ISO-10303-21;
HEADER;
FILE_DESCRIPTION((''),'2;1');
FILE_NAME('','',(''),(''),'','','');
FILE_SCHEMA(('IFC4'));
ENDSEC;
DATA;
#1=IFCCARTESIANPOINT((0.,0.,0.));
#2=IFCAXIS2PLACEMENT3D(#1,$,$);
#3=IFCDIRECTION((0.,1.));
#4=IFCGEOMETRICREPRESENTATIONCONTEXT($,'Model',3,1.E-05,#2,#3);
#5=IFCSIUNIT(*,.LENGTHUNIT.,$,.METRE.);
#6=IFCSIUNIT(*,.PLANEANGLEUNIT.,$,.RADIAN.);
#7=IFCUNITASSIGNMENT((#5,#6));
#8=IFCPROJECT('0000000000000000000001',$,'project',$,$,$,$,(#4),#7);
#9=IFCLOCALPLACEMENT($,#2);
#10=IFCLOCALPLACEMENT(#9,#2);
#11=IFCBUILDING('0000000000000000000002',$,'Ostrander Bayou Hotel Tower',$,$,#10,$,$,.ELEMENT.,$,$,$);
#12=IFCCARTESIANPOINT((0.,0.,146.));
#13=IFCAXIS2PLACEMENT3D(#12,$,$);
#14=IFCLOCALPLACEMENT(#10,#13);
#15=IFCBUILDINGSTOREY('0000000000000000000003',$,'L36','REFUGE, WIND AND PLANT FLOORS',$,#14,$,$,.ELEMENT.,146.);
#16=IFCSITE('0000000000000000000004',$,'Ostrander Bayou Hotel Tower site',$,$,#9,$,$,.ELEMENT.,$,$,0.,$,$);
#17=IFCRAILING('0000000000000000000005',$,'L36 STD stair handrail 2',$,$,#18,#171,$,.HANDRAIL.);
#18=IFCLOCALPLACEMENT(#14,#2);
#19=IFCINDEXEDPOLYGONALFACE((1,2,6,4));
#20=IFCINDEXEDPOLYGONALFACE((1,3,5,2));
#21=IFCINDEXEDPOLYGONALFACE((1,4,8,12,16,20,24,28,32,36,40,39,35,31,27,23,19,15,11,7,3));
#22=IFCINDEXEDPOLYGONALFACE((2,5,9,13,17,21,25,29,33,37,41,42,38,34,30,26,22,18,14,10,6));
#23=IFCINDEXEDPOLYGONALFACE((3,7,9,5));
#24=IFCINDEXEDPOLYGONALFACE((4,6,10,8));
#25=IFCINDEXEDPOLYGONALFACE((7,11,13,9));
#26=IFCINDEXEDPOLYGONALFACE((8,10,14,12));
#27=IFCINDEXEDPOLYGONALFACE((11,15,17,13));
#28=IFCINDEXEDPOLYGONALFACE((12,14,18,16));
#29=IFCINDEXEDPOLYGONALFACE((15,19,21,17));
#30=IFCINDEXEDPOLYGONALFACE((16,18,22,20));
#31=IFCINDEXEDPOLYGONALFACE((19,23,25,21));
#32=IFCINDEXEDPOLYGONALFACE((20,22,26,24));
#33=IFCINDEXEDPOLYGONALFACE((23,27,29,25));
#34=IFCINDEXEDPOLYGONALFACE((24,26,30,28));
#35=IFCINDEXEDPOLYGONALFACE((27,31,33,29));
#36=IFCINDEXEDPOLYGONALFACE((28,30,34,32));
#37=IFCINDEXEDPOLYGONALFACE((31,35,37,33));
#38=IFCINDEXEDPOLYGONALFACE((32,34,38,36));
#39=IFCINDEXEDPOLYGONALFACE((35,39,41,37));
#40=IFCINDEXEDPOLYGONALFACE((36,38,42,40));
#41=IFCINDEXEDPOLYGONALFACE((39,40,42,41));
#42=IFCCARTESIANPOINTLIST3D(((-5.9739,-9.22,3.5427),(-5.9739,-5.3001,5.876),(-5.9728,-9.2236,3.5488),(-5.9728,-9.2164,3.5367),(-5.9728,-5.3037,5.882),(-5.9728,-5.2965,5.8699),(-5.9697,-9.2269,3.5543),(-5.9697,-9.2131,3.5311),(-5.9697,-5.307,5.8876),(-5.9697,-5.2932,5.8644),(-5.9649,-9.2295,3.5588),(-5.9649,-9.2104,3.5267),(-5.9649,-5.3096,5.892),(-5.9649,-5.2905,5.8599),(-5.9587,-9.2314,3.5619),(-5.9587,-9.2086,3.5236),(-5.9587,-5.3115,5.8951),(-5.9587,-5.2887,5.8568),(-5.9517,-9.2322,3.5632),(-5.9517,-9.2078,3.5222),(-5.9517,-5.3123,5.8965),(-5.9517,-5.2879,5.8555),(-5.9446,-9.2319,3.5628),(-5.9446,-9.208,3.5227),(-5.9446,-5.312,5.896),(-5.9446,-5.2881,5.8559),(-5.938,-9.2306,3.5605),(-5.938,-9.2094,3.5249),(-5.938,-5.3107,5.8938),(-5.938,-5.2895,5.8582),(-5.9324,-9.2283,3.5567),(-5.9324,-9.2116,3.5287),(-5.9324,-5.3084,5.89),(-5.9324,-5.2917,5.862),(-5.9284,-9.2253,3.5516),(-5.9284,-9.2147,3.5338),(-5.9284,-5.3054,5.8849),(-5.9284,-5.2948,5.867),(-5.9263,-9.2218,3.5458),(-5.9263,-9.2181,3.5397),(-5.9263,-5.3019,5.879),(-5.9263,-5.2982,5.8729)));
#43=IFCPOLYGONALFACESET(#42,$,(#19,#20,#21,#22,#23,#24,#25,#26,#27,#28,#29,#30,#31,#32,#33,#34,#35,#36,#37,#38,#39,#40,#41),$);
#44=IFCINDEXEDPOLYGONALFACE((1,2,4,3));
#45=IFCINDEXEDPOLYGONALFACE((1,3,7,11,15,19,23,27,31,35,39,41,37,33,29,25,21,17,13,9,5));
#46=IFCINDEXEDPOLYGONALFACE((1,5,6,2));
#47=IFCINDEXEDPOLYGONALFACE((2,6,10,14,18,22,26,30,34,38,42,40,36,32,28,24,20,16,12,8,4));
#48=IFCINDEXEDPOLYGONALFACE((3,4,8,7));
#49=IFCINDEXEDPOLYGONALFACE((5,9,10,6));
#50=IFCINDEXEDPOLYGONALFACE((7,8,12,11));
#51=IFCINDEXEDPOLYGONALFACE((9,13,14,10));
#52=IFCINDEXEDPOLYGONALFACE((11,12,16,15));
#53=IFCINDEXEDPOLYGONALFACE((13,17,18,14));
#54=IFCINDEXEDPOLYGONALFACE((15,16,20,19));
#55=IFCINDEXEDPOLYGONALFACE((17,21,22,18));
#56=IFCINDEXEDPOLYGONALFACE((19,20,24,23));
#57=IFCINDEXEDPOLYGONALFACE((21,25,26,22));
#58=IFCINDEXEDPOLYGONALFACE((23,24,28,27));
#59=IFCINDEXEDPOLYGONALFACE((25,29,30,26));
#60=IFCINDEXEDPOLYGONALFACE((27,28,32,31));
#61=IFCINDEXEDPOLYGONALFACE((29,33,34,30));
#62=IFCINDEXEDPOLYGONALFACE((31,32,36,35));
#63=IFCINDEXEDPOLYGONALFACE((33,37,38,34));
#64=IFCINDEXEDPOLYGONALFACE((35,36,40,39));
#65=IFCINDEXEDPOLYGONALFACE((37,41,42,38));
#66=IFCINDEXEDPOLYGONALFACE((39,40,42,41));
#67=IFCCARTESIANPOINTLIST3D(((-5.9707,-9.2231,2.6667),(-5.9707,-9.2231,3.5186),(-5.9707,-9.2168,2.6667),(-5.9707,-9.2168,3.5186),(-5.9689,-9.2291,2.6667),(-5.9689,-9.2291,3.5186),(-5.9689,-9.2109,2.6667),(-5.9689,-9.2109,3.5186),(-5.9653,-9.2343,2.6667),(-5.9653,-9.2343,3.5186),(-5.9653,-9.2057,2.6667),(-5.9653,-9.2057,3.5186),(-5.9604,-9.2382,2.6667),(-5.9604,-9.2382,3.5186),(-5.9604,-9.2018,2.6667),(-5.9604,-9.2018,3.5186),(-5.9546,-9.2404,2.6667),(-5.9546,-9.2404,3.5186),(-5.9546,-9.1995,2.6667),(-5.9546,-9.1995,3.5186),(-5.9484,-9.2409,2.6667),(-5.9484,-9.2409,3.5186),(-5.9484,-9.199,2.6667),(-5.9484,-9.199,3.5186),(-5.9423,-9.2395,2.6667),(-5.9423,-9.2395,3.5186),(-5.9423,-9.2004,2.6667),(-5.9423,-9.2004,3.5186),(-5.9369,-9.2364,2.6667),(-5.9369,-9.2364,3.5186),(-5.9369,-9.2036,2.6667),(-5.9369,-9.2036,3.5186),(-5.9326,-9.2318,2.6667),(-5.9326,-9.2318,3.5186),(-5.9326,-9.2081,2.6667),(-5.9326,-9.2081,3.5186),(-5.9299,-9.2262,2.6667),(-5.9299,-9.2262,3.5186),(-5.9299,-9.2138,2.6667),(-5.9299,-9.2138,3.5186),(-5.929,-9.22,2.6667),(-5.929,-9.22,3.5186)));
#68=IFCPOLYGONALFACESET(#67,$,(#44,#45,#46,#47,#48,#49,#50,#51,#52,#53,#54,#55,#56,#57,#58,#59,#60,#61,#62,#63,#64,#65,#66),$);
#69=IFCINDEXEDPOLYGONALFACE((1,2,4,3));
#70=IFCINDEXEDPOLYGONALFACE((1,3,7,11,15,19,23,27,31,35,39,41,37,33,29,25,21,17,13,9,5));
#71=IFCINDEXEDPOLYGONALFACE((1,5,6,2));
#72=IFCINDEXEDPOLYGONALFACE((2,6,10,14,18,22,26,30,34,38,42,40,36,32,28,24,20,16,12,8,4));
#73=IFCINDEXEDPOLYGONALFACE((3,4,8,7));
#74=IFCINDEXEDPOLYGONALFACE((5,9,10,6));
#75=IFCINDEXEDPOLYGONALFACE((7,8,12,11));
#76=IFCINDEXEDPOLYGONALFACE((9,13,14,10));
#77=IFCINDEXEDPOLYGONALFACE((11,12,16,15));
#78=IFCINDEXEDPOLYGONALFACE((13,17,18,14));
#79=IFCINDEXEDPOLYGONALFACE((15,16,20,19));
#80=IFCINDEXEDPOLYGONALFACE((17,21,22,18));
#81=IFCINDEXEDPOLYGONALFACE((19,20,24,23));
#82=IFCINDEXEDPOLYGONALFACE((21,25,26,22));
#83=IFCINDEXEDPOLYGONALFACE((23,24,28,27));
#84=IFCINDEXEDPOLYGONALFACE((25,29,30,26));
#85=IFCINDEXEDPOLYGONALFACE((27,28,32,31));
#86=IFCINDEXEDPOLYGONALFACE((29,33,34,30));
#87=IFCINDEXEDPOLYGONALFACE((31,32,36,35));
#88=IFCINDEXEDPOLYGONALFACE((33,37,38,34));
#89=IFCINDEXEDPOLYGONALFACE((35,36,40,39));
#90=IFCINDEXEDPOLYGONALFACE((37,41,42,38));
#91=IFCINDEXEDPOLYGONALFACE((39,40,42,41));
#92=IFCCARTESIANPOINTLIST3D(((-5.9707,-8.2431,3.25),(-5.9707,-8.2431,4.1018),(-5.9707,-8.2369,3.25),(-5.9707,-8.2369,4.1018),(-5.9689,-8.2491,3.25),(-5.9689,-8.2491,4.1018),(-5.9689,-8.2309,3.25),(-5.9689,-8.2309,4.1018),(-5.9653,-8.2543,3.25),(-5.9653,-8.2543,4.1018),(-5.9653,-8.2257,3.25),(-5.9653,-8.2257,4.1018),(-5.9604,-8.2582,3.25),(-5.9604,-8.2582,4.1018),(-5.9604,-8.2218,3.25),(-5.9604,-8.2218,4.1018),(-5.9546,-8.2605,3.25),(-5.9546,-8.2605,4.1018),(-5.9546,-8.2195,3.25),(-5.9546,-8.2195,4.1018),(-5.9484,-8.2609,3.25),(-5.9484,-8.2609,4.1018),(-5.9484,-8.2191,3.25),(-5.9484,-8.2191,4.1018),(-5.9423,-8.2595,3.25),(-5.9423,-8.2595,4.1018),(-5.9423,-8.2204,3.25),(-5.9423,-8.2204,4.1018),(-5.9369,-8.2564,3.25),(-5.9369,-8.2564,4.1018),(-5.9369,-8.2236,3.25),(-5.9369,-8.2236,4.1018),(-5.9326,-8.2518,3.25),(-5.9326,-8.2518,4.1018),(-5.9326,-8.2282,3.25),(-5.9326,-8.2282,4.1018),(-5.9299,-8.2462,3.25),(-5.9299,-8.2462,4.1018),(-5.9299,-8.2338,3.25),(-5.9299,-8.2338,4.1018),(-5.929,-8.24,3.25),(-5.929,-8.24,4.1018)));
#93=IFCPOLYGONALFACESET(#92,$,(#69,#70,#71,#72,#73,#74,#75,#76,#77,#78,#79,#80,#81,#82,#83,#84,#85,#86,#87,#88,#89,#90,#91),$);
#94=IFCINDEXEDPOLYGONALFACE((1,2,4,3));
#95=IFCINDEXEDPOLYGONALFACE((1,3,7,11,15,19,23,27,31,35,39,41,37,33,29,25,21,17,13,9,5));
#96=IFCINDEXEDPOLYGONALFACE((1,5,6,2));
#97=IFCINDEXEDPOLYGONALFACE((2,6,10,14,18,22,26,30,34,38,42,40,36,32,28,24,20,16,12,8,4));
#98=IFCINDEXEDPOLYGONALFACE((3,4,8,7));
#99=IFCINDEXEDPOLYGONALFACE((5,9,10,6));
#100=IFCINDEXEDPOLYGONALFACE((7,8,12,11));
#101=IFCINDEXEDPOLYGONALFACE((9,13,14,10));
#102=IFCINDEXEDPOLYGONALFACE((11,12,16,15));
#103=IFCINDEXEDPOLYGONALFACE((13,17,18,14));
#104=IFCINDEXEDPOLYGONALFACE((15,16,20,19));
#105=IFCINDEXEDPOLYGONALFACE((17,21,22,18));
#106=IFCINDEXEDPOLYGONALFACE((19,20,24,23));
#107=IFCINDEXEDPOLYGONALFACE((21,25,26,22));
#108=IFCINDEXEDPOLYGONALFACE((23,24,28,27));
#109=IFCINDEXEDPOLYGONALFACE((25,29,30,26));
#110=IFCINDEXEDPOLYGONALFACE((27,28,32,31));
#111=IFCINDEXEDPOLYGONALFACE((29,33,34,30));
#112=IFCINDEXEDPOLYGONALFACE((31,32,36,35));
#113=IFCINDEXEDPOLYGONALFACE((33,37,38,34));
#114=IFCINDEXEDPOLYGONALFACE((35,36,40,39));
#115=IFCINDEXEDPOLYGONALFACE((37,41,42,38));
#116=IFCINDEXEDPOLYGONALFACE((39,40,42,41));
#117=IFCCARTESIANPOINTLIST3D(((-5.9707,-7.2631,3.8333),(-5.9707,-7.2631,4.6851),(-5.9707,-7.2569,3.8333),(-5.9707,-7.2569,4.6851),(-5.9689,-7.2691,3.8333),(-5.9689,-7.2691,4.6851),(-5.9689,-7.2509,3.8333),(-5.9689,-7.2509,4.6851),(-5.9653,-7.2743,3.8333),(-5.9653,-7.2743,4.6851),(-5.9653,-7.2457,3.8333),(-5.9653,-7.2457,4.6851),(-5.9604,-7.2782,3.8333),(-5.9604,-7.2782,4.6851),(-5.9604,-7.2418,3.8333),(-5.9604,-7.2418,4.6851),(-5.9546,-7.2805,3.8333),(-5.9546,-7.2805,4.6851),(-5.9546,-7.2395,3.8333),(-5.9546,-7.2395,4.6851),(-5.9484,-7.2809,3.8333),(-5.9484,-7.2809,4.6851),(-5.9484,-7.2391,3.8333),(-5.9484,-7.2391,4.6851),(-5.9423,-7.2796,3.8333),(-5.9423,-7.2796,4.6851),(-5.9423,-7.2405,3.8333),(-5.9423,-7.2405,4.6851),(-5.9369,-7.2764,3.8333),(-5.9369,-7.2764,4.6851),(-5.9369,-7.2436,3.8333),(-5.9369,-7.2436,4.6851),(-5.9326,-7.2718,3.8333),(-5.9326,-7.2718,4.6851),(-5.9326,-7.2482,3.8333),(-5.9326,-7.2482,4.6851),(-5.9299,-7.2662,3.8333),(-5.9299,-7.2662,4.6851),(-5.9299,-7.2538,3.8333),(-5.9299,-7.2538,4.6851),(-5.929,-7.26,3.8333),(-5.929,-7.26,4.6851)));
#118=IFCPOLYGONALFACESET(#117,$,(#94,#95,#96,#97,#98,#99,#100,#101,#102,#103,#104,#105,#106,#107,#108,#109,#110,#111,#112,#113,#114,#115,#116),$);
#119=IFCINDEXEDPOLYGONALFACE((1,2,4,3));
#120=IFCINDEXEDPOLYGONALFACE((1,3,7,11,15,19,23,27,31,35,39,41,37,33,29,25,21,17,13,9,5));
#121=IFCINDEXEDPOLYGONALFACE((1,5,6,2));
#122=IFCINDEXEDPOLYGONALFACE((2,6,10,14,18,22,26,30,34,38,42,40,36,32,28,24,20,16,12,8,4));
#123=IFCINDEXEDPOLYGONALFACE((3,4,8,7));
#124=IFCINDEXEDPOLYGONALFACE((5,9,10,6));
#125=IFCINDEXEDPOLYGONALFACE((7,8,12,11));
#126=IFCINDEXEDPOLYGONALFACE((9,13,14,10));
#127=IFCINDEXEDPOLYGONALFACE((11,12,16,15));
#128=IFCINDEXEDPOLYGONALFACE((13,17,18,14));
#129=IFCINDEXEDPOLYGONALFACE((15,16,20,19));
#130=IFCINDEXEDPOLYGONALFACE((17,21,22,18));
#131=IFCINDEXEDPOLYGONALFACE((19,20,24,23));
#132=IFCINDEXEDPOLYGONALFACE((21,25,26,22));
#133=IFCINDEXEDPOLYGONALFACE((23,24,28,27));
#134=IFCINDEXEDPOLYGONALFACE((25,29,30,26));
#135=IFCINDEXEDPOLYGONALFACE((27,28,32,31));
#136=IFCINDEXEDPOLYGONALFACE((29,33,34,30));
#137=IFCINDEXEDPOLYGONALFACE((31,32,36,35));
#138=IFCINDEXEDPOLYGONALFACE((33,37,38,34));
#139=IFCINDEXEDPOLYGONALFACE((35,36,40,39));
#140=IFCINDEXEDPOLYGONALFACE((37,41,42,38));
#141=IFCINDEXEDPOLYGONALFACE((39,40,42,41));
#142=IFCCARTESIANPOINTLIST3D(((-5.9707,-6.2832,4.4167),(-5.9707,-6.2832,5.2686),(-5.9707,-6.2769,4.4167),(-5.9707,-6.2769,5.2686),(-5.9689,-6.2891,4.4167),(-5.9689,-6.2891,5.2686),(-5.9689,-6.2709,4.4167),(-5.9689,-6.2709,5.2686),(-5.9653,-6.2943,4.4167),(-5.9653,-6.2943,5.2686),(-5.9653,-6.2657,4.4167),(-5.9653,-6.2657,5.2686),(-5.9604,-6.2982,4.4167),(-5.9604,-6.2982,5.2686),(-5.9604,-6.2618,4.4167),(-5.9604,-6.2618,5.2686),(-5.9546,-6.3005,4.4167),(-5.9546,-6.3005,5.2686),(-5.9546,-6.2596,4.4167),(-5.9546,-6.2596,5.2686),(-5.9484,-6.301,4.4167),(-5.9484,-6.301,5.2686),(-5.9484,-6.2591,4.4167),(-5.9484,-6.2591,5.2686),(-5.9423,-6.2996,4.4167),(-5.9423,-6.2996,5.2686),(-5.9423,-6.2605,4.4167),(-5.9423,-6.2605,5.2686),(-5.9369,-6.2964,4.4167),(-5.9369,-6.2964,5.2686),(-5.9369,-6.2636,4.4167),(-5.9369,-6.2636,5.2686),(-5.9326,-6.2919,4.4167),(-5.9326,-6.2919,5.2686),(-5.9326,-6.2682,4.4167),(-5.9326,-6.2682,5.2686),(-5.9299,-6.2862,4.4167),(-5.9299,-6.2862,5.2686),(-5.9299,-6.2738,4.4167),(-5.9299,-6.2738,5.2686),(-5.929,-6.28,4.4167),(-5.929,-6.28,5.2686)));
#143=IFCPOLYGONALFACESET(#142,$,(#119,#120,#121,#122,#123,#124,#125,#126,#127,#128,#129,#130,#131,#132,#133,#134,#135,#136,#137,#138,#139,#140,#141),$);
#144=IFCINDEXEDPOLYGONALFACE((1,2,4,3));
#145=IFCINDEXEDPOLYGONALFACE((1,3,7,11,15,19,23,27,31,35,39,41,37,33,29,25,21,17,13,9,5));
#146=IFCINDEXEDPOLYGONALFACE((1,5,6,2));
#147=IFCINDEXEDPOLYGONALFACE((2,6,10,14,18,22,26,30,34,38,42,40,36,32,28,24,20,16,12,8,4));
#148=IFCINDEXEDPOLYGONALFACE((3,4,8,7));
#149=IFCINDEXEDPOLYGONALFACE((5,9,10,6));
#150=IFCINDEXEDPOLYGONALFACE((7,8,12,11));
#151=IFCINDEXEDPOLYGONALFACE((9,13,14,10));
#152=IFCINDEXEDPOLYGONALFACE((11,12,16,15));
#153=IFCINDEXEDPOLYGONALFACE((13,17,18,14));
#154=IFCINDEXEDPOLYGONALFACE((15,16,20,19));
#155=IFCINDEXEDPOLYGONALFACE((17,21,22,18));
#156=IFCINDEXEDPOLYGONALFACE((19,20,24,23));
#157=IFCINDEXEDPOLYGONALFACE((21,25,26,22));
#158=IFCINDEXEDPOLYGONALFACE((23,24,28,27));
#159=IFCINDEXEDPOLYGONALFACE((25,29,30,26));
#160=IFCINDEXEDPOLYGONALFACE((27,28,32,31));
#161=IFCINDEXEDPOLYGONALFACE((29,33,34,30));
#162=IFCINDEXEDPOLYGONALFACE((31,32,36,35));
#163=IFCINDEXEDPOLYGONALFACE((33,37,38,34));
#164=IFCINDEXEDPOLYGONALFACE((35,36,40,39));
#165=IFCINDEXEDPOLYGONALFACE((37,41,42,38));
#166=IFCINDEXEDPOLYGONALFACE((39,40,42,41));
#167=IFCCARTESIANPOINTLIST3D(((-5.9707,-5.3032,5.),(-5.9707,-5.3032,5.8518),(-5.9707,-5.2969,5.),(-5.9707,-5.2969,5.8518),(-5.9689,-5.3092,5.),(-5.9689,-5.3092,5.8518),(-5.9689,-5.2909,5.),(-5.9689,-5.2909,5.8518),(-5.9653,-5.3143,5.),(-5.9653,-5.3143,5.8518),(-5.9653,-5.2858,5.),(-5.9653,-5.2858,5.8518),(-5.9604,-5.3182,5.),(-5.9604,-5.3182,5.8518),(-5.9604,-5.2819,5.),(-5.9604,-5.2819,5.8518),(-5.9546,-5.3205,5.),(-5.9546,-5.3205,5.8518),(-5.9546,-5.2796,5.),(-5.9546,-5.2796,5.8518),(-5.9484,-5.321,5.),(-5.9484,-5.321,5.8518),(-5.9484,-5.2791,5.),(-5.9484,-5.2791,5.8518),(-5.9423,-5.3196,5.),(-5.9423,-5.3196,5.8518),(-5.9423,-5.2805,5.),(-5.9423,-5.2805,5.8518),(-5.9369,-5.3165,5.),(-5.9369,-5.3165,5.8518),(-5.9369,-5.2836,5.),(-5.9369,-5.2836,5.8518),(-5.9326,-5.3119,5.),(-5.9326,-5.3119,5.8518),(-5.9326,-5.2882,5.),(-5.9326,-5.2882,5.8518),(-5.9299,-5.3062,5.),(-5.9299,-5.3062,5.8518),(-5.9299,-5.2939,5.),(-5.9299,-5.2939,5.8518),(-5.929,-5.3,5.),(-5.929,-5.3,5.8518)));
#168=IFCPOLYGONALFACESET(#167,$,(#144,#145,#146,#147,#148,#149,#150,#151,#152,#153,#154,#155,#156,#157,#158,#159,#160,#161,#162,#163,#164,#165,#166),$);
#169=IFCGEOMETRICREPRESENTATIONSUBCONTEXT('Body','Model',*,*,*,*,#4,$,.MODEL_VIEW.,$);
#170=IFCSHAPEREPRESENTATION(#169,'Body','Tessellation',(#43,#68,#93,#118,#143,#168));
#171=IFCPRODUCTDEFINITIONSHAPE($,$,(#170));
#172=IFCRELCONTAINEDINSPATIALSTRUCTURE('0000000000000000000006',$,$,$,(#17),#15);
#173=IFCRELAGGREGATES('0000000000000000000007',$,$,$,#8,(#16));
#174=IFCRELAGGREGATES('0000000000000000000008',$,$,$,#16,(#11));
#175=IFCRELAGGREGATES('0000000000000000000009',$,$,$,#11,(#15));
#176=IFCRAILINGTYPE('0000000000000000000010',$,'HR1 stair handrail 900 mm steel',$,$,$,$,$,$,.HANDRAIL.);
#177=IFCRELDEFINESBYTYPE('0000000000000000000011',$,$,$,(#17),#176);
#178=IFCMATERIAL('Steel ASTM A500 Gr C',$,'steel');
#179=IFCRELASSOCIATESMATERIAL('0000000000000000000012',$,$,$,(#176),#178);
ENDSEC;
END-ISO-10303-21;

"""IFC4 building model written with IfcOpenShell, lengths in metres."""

from ifc_helpers import new_model, si_unit, direction, frame, origin, origin_2d, place, context, subcontext, project, spatial, circle, extrude, material, type_object, element, save


model = new_model("IFC4")

# Units and contexts
model_context = context("Model", 3, precision=1e-05, world=origin(), true_north=direction((0.0, 1.0)))
body_context = subcontext(model_context, "Body", "Model", "MODEL_VIEW")
ifc_project = project(units=[si_unit("LENGTHUNIT", "METRE"), si_unit("PLANEANGLEUNIT", "RADIAN")], contexts=[model_context])

# Site, building, storey
site_placement = place(None, origin())
site = spatial("IfcSite", under=ifc_project, at=site_placement, Name="Ostrander Bayou Hotel Tower site", CompositionType="ELEMENT", RefElevation=0.0)
building_placement = place(site_placement, origin())
building = spatial("IfcBuilding", under=site, at=building_placement, Name="Ostrander Bayou Hotel Tower", CompositionType="ELEMENT")
storey_placement = place(building_placement, frame((0.0, 0.0, 146.0)))
storey = spatial("IfcBuildingStorey", under=building, at=storey_placement, Name="L36", Description="REFUGE, WIND AND PLANT FLOORS", CompositionType="ELEMENT", Elevation=146.0)

# Railing
ifc_material_1 = material(Name="Steel ASTM A500 Gr C", Category="steel")
railing_type_1 = type_object("IfcRailingType", Name="HR1 stair handrail 900 mm steel", PredefinedType="HANDRAIL", material=ifc_material_1)
railing_1_placement = place(storey_placement, frame((-5.95, -9.22, 2.6667)))
element("IfcRailing", 1, at=railing_1_placement, inside=storey, type_object=railing_type_1, Name="L36 STD stair handrail 2", PredefinedType="HANDRAIL", context=body_context, shape_type="SweptSolid", body=[
    extrude(circle(Radius=0.0239, at=origin_2d()), frame((0.0, 0.0, 0.876), z_axis=(0.0, 0.859296, 0.511478), x_axis=(-1.0, 0.0, 0.0)), (0.0, 0.0, 1.0), 4.5618),
    extrude(circle(Radius=0.021, at=origin_2d()), origin(), (0.0, 0.0, 1.0), 0.8518),
    extrude(circle(Radius=0.021, at=origin_2d()), frame((0.0, 0.98, 0.5833)), (0.0, 0.0, 1.0), 0.8518),
    extrude(circle(Radius=0.021, at=origin_2d()), frame((0.0, 1.96, 1.1665)), (0.0, 0.0, 1.0), 0.8518),
    extrude(circle(Radius=0.021, at=origin_2d()), frame((0.0, 2.9399, 1.75)), (0.0, 0.0, 1.0), 0.8518),
    extrude(circle(Radius=0.021, at=origin_2d()), frame((0.0, 3.9199, 2.3333)), (0.0, 0.0, 1.0), 0.8518),
])

save(model, "model.ifc")
